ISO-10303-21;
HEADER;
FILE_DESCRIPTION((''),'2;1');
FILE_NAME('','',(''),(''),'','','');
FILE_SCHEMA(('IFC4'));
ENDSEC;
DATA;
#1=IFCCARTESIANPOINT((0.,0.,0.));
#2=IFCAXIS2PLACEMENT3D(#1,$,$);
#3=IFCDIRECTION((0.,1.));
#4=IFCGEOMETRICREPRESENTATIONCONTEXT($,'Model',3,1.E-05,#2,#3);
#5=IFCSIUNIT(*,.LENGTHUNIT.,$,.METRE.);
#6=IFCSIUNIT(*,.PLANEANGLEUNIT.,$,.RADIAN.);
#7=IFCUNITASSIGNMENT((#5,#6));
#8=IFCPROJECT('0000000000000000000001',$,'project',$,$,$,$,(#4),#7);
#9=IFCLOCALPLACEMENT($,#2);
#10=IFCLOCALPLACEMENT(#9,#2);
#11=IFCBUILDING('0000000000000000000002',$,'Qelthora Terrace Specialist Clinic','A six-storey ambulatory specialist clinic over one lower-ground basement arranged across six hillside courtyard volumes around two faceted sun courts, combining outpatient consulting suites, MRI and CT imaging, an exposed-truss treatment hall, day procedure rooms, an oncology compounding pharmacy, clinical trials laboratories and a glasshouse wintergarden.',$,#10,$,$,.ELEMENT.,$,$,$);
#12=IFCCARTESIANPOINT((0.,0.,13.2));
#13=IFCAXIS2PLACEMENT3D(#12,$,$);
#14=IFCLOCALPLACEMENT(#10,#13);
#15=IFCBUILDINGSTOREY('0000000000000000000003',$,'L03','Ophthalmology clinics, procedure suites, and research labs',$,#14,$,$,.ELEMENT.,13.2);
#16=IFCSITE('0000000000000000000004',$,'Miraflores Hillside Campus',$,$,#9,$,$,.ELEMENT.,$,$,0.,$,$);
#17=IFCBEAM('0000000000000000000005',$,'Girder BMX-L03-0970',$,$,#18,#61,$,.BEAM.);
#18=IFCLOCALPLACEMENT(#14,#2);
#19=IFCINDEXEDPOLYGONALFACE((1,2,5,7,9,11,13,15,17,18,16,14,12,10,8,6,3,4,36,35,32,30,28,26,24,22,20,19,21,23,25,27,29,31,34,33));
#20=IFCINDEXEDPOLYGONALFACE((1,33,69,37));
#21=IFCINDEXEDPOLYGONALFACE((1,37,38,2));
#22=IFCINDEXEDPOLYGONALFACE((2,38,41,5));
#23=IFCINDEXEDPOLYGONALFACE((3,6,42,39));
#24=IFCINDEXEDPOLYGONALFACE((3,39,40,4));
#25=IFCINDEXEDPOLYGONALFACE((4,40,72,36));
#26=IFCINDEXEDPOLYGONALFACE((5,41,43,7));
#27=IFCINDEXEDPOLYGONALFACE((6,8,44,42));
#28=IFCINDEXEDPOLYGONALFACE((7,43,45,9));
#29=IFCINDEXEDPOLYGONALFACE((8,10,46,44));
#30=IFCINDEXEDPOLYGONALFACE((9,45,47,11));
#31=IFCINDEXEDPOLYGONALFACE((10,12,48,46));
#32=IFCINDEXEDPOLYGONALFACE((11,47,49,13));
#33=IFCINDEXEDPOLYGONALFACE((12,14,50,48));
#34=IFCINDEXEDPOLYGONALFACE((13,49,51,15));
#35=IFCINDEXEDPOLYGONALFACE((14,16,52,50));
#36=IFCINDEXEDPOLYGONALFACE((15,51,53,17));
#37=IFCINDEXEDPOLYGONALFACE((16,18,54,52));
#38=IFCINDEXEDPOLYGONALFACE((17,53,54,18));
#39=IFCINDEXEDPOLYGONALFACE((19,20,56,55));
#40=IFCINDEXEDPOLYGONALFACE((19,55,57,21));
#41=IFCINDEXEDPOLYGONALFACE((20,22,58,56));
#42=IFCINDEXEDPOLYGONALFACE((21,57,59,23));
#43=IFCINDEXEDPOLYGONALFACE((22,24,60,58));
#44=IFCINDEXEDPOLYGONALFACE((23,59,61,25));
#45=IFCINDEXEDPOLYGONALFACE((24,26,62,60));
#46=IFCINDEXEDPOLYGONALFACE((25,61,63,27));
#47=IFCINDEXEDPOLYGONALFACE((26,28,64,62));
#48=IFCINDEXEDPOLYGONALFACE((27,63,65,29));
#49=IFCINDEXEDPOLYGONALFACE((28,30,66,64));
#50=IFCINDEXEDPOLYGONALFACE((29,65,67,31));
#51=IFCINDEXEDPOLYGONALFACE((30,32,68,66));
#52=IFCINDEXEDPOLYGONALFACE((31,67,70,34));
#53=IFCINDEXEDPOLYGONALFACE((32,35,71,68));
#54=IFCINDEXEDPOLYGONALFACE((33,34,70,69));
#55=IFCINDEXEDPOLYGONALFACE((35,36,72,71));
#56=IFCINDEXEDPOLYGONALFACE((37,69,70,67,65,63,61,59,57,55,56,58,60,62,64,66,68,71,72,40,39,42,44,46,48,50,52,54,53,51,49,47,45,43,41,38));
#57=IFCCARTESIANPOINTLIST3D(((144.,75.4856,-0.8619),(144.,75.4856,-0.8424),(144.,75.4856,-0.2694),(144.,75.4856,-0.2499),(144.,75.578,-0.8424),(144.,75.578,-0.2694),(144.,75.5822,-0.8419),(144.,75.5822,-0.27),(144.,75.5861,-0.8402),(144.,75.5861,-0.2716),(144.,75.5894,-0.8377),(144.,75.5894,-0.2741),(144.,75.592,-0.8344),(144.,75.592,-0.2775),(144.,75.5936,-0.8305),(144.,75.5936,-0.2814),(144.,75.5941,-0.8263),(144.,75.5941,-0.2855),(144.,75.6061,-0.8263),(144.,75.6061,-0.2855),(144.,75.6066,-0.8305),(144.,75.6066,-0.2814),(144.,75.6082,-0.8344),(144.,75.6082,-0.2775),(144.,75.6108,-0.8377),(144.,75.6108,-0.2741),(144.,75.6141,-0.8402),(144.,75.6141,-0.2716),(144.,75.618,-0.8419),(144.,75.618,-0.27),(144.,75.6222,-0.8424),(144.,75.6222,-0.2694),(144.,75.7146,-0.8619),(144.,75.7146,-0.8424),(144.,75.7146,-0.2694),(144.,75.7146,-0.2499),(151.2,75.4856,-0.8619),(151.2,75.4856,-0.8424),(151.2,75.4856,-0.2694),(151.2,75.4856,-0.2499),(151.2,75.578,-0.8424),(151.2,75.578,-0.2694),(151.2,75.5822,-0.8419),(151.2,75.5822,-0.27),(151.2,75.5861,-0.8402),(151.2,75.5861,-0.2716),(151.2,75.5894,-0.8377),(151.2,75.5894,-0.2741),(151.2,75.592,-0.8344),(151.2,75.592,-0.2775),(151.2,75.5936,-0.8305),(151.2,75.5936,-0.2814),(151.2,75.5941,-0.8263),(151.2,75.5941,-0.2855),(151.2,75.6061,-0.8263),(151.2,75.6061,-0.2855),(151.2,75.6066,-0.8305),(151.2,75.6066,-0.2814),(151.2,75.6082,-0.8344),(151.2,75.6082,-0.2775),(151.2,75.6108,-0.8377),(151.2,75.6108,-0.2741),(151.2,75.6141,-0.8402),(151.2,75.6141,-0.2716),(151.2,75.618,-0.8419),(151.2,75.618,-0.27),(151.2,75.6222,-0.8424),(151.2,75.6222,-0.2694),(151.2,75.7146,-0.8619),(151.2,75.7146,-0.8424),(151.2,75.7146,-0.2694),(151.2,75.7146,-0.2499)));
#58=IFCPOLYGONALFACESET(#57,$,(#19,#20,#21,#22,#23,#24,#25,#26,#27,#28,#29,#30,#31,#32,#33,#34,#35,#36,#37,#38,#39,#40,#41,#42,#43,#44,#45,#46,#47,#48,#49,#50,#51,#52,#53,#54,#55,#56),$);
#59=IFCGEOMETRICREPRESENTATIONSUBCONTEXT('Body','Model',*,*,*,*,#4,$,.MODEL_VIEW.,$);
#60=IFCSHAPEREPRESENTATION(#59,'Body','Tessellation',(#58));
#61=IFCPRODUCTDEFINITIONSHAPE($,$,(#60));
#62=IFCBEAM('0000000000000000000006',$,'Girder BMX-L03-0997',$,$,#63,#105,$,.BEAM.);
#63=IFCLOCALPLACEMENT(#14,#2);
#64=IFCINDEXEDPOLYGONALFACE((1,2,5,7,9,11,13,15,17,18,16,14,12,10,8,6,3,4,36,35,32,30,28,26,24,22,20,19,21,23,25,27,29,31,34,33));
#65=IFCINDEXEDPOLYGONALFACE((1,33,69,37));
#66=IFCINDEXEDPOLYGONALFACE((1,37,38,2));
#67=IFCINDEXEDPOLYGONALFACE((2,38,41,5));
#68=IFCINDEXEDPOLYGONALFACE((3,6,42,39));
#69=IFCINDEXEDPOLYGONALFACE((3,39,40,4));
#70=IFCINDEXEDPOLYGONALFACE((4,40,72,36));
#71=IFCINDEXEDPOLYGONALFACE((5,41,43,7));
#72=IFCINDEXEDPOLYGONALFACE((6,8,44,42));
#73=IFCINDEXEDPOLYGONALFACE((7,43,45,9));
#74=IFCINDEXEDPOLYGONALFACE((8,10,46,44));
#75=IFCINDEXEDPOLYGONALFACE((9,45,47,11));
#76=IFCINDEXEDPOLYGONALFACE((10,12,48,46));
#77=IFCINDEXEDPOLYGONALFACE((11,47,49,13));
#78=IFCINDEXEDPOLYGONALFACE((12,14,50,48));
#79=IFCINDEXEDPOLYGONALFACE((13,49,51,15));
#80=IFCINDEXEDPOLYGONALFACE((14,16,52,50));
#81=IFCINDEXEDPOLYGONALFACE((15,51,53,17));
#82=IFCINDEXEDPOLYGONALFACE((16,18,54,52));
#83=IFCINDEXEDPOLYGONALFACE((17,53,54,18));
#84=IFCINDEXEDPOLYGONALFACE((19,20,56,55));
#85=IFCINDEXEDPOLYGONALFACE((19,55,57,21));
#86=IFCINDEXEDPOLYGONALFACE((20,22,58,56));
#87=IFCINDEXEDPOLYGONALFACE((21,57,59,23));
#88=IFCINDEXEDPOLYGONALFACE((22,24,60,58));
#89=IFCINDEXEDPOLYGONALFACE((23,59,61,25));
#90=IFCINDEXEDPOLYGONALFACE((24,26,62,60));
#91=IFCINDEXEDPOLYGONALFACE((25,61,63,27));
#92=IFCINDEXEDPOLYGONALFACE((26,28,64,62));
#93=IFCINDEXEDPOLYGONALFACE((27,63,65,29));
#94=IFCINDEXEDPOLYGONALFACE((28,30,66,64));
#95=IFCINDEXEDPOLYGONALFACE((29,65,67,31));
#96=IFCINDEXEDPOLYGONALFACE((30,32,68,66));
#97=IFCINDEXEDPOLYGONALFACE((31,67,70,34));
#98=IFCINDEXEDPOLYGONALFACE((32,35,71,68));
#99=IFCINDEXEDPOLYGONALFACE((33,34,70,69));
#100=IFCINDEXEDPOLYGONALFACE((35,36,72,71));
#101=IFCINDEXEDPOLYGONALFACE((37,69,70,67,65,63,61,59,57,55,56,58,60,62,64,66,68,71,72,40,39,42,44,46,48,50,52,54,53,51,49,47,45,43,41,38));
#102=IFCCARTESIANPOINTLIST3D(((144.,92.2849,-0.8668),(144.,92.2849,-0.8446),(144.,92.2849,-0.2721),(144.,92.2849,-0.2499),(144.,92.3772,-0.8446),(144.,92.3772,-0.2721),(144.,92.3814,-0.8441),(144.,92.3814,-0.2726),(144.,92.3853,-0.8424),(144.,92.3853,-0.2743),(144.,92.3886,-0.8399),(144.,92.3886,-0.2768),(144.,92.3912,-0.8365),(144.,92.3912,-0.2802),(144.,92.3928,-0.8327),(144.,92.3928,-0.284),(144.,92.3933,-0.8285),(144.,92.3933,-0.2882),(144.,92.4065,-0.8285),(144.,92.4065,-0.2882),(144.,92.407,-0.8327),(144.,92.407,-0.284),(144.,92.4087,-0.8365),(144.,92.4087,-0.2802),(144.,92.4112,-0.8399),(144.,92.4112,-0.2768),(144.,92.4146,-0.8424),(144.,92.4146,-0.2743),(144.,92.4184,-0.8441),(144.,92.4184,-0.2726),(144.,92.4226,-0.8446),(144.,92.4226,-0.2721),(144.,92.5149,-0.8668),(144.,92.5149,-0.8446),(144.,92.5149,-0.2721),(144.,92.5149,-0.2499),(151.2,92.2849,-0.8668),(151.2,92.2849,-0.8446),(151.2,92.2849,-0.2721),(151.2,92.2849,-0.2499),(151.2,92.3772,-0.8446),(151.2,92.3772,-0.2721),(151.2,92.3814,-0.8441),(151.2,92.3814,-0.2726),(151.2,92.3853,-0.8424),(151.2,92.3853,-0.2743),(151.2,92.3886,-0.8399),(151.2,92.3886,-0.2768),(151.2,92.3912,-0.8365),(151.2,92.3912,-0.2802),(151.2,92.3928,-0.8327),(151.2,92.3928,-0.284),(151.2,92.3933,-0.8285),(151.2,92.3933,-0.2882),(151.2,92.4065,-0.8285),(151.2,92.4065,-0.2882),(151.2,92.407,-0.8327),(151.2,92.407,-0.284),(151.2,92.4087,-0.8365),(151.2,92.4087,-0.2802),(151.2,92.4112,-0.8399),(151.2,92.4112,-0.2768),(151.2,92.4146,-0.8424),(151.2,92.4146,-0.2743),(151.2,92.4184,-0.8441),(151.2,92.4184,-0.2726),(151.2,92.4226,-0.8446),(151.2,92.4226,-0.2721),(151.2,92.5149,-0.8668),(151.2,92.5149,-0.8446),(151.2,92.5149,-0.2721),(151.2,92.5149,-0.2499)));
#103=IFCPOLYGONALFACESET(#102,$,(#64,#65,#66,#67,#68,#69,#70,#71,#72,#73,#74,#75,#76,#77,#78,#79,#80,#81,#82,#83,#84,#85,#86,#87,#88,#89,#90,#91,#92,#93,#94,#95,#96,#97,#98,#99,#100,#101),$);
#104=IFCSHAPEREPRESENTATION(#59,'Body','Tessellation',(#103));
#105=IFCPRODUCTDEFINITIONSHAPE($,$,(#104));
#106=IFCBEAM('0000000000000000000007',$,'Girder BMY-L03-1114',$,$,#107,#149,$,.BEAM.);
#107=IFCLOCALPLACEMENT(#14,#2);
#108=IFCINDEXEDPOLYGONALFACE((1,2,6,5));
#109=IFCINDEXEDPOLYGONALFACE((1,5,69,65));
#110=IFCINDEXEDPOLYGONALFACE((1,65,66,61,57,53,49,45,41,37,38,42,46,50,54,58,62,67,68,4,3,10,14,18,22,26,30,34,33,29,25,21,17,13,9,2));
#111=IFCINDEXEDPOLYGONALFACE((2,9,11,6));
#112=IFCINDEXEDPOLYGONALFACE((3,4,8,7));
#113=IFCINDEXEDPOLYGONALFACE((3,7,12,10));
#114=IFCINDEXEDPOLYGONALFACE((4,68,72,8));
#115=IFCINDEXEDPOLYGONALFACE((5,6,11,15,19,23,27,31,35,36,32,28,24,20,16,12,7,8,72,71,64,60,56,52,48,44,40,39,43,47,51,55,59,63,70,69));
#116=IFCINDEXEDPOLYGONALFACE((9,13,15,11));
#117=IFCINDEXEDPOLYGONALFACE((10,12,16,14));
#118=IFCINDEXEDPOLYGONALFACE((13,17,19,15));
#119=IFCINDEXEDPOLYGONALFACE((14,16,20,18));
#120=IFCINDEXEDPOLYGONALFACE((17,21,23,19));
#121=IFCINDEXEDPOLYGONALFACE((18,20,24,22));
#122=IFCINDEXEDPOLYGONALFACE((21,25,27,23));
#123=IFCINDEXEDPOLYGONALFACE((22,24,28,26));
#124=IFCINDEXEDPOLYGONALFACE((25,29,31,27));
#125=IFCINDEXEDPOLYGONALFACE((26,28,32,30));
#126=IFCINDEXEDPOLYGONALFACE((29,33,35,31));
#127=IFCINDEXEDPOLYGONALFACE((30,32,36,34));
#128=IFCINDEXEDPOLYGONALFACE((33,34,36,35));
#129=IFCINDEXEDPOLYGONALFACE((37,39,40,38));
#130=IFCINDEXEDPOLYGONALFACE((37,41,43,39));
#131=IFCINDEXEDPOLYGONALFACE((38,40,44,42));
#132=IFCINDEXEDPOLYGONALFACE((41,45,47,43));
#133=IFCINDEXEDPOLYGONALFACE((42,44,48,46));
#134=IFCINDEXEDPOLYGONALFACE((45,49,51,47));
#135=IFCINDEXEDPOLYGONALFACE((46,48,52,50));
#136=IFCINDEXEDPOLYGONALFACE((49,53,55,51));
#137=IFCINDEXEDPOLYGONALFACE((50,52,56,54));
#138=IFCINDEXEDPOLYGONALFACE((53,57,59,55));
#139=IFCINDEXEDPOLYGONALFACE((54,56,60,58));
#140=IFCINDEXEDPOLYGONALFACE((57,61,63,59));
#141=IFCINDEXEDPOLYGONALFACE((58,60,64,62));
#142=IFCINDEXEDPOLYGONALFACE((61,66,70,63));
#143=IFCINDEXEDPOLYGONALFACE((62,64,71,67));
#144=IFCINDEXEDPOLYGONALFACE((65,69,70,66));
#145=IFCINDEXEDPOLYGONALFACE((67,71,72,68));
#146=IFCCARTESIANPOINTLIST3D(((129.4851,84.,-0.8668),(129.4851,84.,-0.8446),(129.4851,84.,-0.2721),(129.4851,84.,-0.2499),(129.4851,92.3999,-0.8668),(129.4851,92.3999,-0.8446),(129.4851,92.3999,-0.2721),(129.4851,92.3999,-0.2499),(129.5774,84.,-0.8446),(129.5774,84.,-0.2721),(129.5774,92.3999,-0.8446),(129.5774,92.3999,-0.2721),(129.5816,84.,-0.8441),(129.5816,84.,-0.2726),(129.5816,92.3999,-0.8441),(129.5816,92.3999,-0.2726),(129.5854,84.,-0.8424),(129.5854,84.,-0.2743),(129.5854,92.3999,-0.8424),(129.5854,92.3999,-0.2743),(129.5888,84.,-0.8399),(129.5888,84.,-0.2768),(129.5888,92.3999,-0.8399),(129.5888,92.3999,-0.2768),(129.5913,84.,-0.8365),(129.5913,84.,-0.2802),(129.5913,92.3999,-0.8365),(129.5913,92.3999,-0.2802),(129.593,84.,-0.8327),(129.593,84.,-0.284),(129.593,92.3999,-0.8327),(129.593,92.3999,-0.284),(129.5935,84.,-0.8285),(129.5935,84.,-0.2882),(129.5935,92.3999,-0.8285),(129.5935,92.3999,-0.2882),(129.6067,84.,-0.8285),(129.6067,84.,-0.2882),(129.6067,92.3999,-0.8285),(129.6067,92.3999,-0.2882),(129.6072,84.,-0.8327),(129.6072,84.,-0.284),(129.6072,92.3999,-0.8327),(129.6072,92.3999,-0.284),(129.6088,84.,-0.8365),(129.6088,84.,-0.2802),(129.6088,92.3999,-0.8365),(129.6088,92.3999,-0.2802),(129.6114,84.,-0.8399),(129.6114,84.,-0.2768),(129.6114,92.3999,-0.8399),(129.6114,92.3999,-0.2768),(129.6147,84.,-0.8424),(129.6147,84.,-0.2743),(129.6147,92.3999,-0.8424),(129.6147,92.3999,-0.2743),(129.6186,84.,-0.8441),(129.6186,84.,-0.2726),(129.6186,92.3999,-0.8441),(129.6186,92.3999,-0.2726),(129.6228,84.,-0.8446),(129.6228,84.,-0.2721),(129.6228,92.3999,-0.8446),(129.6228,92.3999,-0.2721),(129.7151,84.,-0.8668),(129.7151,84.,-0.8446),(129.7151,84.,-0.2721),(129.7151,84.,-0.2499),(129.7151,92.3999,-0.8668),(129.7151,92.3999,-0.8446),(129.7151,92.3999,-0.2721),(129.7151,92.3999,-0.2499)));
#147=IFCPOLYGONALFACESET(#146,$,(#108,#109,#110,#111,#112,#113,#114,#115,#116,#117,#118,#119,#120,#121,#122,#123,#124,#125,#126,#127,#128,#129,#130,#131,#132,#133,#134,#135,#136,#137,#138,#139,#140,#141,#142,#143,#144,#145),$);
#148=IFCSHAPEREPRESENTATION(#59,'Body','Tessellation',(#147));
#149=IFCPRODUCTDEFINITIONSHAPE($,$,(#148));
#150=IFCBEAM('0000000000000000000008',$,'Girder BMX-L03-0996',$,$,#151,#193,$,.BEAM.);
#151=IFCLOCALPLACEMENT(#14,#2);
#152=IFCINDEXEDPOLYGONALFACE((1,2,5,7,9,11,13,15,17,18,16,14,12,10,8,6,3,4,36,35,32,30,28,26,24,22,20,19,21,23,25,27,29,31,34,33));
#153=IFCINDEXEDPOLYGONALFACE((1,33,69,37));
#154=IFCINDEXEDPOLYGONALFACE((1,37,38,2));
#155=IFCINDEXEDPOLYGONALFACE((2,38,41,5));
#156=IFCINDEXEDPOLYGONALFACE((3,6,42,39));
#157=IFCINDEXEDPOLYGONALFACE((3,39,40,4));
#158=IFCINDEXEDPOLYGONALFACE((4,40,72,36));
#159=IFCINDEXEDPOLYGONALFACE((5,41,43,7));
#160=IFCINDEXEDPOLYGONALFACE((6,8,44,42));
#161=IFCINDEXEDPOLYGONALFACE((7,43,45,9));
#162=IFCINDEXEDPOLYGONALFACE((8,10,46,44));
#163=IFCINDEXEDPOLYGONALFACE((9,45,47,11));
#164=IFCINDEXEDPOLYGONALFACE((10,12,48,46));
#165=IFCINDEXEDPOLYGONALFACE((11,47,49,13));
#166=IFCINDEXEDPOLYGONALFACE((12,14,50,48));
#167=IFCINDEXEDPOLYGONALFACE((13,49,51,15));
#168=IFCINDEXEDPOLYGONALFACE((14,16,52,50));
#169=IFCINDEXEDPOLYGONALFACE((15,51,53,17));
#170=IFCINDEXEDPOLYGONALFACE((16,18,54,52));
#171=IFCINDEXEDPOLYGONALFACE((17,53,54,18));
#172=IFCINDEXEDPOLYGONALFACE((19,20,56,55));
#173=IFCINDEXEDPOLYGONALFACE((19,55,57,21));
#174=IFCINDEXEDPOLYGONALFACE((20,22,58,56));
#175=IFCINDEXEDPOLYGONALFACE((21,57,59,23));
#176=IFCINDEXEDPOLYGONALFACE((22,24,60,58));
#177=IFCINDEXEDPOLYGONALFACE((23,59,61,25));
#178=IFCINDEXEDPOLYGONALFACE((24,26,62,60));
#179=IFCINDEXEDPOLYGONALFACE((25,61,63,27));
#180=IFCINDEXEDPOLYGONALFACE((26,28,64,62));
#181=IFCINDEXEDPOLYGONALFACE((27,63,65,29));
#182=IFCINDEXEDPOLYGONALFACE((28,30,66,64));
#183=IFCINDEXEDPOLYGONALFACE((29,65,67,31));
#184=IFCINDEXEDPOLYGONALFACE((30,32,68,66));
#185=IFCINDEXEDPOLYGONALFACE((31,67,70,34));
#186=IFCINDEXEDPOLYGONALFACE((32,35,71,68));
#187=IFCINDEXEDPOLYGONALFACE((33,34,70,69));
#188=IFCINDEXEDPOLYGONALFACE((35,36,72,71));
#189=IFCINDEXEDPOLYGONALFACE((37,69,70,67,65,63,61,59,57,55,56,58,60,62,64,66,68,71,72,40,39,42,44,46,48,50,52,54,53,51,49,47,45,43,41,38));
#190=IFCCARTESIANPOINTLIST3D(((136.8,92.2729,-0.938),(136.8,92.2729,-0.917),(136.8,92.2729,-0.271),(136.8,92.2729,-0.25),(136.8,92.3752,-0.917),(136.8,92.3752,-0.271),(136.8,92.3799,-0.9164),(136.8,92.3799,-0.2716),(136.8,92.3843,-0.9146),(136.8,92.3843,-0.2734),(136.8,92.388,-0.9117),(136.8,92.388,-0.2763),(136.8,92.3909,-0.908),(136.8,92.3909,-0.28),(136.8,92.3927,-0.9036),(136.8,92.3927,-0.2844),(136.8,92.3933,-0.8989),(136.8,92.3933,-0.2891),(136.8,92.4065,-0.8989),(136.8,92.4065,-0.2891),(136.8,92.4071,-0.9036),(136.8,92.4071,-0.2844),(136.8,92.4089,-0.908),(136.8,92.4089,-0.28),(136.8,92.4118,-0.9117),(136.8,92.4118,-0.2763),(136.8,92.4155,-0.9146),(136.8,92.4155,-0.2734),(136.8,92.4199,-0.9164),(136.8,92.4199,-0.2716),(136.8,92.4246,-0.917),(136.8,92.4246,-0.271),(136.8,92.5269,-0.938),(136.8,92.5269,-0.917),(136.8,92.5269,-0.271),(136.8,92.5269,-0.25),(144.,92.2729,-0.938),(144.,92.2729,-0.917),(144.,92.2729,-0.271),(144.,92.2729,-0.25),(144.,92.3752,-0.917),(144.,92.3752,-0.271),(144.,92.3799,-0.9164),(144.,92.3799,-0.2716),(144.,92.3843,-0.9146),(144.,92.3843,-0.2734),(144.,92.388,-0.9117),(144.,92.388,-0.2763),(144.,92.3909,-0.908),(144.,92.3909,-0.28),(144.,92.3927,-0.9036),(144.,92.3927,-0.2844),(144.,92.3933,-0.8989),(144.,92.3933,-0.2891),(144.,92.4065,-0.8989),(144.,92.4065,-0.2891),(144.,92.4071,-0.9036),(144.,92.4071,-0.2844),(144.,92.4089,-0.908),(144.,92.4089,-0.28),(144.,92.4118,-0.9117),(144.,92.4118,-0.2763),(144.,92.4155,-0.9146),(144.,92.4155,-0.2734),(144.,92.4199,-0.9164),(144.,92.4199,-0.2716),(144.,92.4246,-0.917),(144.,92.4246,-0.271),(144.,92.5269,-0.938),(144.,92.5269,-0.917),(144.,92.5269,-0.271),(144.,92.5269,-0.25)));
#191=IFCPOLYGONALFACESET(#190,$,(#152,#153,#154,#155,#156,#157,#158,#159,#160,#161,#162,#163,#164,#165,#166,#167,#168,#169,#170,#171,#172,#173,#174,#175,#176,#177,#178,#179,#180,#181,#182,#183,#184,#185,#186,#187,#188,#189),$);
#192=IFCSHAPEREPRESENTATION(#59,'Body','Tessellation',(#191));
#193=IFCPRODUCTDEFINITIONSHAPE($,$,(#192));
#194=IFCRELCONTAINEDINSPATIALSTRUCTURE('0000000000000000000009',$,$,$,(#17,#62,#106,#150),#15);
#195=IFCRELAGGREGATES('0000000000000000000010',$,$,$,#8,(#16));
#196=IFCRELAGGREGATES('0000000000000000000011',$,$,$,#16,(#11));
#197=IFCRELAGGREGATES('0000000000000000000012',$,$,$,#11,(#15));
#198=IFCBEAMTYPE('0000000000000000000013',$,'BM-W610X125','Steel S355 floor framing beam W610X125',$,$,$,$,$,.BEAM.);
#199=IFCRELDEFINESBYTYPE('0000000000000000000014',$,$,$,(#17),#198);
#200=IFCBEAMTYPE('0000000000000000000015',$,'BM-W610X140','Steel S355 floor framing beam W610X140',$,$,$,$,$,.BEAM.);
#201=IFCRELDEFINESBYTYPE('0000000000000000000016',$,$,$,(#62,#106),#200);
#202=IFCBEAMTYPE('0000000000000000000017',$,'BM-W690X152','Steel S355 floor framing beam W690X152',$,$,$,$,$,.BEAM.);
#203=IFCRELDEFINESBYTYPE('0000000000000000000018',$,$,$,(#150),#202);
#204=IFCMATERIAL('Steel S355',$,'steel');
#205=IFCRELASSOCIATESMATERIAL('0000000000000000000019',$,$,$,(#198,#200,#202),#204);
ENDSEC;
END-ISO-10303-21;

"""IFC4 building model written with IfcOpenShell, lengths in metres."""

from ifc_helpers import new_model, si_unit, direction, frame, origin, origin_2d, place, context, subcontext, project, spatial, i_section, extrude, material, material_profile, profile_set, type_object, element, save


model = new_model("IFC4")

# Units and contexts
model_context = context("Model", 3, precision=1e-05, world=origin(), true_north=direction((0.0, 1.0)))
body_context = subcontext(model_context, "Body", "Model", "MODEL_VIEW")
ifc_project = project(units=[si_unit("LENGTHUNIT", "METRE"), si_unit("PLANEANGLEUNIT", "RADIAN")], contexts=[model_context])

# Site, building, storey
site_placement = place(None, origin())
site = spatial("IfcSite", under=ifc_project, at=site_placement, Name="Miraflores Hillside Campus", CompositionType="ELEMENT", RefElevation=0.0)
building_placement = place(site_placement, origin())
building = spatial("IfcBuilding", under=site, at=building_placement, Name="Qelthora Terrace Specialist Clinic", Description="A six-storey ambulatory specialist clinic over one lower-ground basement arranged across six hillside courtyard volumes around two faceted sun courts, combining outpatient consulting suites, MRI and CT imaging, an exposed-truss treatment hall, day procedure rooms, an oncology compounding pharmacy, clinical trials laboratories and a glasshouse wintergarden.", CompositionType="ELEMENT")
storey_placement = place(building_placement, frame((0.0, 0.0, 13.2)))
storey = spatial("IfcBuildingStorey", under=building, at=storey_placement, Name="L03", Description="Ophthalmology clinics, procedure suites, and research labs", CompositionType="ELEMENT", Elevation=13.2)

# Beams
ifc_material_1 = material(Name="Steel S355", Category="steel")
ifc_material_profile_1 = material_profile(ifc_material_1, i_section(OverallWidth=0.229, OverallDepth=0.6121, WebThickness=0.012, FlangeThickness=0.0195, FilletRadius=0.0161, at=origin_2d()), Name="W610X125")
ifc_profile_set_1 = profile_set([ifc_material_profile_1], Name="Steel S355")
beam_type_1 = type_object("IfcBeamType", Name="BM-W610X125", Description="Steel S355 floor framing beam W610X125", PredefinedType="BEAM", material=ifc_profile_set_1)
beam_1_placement = place(storey_placement, frame((144.0, 75.6001, -0.5559), z_axis=(1.0, 0.0, 0.0), x_axis=(0.0, 1.0, 0.0)))
element("IfcBeam", 1, at=beam_1_placement, inside=storey, type_object=beam_type_1, Name="Girder BMX-L03-0970", PredefinedType="BEAM", context=body_context, shape_type="SweptSolid", body=[
    extrude(i_section(OverallWidth=0.229, OverallDepth=0.6121, WebThickness=0.012, FlangeThickness=0.0195, FilletRadius=0.0161, at=origin_2d()), origin(), (0.0, 0.0, 1.0), 7.2),
])
ifc_material_profile_2 = material_profile(ifc_material_1, i_section(OverallWidth=0.23, OverallDepth=0.6169, WebThickness=0.0132, FlangeThickness=0.0222, FilletRadius=0.0161, at=origin_2d()), Name="W610X140")
ifc_profile_set_2 = profile_set([ifc_material_profile_2], Name="Steel S355")
beam_type_2 = type_object("IfcBeamType", Name="BM-W610X140", Description="Steel S355 floor framing beam W610X140", PredefinedType="BEAM", material=ifc_profile_set_2)
beam_2_placement = place(storey_placement, frame((144.0, 92.3999, -0.5583), z_axis=(1.0, 0.0, 0.0), x_axis=(0.0, 1.0, 0.0)))
element("IfcBeam", 2, at=beam_2_placement, inside=storey, type_object=beam_type_2, Name="Girder BMX-L03-0997", PredefinedType="BEAM", context=body_context, shape_type="SweptSolid", body=[
    extrude(i_section(OverallWidth=0.23, OverallDepth=0.6169, WebThickness=0.0132, FlangeThickness=0.0222, FilletRadius=0.0161, at=origin_2d()), origin(), (0.0, 0.0, 1.0), 7.2),
])
beam_3_placement = place(storey_placement, frame((129.6001, 84.0, -0.5583), z_axis=(0.0, 1.0, 0.0), x_axis=(-1.0, 0.0, 0.0)))
element("IfcBeam", 3, at=beam_3_placement, inside=storey, type_object=beam_type_2, Name="Girder BMY-L03-1114", PredefinedType="BEAM", context=body_context, shape_type="SweptSolid", body=[
    extrude(i_section(OverallWidth=0.23, OverallDepth=0.6169, WebThickness=0.0132, FlangeThickness=0.0222, FilletRadius=0.0161, at=origin_2d()), origin(), (0.0, 0.0, 1.0), 8.3999),
])
ifc_material_profile_3 = material_profile(ifc_material_1, i_section(OverallWidth=0.2539, OverallDepth=0.688, WebThickness=0.0132, FlangeThickness=0.021, FilletRadius=0.0181, at=origin_2d()), Name="W690X152")
ifc_profile_set_3 = profile_set([ifc_material_profile_3], Name="Steel S355")
beam_type_3 = type_object("IfcBeamType", Name="BM-W690X152", Description="Steel S355 floor framing beam W690X152", PredefinedType="BEAM", material=ifc_profile_set_3)
beam_4_placement = place(storey_placement, frame((136.8, 92.3999, -0.594), z_axis=(1.0, 0.0, 0.0), x_axis=(0.0, 1.0, 0.0)))
element("IfcBeam", 4, at=beam_4_placement, inside=storey, type_object=beam_type_3, Name="Girder BMX-L03-0996", PredefinedType="BEAM", context=body_context, shape_type="SweptSolid", body=[
    extrude(i_section(OverallWidth=0.2539, OverallDepth=0.688, WebThickness=0.0132, FlangeThickness=0.021, FilletRadius=0.0181, at=origin_2d()), origin(), (0.0, 0.0, 1.0), 7.2),
])

save(model, "model.ifc")
